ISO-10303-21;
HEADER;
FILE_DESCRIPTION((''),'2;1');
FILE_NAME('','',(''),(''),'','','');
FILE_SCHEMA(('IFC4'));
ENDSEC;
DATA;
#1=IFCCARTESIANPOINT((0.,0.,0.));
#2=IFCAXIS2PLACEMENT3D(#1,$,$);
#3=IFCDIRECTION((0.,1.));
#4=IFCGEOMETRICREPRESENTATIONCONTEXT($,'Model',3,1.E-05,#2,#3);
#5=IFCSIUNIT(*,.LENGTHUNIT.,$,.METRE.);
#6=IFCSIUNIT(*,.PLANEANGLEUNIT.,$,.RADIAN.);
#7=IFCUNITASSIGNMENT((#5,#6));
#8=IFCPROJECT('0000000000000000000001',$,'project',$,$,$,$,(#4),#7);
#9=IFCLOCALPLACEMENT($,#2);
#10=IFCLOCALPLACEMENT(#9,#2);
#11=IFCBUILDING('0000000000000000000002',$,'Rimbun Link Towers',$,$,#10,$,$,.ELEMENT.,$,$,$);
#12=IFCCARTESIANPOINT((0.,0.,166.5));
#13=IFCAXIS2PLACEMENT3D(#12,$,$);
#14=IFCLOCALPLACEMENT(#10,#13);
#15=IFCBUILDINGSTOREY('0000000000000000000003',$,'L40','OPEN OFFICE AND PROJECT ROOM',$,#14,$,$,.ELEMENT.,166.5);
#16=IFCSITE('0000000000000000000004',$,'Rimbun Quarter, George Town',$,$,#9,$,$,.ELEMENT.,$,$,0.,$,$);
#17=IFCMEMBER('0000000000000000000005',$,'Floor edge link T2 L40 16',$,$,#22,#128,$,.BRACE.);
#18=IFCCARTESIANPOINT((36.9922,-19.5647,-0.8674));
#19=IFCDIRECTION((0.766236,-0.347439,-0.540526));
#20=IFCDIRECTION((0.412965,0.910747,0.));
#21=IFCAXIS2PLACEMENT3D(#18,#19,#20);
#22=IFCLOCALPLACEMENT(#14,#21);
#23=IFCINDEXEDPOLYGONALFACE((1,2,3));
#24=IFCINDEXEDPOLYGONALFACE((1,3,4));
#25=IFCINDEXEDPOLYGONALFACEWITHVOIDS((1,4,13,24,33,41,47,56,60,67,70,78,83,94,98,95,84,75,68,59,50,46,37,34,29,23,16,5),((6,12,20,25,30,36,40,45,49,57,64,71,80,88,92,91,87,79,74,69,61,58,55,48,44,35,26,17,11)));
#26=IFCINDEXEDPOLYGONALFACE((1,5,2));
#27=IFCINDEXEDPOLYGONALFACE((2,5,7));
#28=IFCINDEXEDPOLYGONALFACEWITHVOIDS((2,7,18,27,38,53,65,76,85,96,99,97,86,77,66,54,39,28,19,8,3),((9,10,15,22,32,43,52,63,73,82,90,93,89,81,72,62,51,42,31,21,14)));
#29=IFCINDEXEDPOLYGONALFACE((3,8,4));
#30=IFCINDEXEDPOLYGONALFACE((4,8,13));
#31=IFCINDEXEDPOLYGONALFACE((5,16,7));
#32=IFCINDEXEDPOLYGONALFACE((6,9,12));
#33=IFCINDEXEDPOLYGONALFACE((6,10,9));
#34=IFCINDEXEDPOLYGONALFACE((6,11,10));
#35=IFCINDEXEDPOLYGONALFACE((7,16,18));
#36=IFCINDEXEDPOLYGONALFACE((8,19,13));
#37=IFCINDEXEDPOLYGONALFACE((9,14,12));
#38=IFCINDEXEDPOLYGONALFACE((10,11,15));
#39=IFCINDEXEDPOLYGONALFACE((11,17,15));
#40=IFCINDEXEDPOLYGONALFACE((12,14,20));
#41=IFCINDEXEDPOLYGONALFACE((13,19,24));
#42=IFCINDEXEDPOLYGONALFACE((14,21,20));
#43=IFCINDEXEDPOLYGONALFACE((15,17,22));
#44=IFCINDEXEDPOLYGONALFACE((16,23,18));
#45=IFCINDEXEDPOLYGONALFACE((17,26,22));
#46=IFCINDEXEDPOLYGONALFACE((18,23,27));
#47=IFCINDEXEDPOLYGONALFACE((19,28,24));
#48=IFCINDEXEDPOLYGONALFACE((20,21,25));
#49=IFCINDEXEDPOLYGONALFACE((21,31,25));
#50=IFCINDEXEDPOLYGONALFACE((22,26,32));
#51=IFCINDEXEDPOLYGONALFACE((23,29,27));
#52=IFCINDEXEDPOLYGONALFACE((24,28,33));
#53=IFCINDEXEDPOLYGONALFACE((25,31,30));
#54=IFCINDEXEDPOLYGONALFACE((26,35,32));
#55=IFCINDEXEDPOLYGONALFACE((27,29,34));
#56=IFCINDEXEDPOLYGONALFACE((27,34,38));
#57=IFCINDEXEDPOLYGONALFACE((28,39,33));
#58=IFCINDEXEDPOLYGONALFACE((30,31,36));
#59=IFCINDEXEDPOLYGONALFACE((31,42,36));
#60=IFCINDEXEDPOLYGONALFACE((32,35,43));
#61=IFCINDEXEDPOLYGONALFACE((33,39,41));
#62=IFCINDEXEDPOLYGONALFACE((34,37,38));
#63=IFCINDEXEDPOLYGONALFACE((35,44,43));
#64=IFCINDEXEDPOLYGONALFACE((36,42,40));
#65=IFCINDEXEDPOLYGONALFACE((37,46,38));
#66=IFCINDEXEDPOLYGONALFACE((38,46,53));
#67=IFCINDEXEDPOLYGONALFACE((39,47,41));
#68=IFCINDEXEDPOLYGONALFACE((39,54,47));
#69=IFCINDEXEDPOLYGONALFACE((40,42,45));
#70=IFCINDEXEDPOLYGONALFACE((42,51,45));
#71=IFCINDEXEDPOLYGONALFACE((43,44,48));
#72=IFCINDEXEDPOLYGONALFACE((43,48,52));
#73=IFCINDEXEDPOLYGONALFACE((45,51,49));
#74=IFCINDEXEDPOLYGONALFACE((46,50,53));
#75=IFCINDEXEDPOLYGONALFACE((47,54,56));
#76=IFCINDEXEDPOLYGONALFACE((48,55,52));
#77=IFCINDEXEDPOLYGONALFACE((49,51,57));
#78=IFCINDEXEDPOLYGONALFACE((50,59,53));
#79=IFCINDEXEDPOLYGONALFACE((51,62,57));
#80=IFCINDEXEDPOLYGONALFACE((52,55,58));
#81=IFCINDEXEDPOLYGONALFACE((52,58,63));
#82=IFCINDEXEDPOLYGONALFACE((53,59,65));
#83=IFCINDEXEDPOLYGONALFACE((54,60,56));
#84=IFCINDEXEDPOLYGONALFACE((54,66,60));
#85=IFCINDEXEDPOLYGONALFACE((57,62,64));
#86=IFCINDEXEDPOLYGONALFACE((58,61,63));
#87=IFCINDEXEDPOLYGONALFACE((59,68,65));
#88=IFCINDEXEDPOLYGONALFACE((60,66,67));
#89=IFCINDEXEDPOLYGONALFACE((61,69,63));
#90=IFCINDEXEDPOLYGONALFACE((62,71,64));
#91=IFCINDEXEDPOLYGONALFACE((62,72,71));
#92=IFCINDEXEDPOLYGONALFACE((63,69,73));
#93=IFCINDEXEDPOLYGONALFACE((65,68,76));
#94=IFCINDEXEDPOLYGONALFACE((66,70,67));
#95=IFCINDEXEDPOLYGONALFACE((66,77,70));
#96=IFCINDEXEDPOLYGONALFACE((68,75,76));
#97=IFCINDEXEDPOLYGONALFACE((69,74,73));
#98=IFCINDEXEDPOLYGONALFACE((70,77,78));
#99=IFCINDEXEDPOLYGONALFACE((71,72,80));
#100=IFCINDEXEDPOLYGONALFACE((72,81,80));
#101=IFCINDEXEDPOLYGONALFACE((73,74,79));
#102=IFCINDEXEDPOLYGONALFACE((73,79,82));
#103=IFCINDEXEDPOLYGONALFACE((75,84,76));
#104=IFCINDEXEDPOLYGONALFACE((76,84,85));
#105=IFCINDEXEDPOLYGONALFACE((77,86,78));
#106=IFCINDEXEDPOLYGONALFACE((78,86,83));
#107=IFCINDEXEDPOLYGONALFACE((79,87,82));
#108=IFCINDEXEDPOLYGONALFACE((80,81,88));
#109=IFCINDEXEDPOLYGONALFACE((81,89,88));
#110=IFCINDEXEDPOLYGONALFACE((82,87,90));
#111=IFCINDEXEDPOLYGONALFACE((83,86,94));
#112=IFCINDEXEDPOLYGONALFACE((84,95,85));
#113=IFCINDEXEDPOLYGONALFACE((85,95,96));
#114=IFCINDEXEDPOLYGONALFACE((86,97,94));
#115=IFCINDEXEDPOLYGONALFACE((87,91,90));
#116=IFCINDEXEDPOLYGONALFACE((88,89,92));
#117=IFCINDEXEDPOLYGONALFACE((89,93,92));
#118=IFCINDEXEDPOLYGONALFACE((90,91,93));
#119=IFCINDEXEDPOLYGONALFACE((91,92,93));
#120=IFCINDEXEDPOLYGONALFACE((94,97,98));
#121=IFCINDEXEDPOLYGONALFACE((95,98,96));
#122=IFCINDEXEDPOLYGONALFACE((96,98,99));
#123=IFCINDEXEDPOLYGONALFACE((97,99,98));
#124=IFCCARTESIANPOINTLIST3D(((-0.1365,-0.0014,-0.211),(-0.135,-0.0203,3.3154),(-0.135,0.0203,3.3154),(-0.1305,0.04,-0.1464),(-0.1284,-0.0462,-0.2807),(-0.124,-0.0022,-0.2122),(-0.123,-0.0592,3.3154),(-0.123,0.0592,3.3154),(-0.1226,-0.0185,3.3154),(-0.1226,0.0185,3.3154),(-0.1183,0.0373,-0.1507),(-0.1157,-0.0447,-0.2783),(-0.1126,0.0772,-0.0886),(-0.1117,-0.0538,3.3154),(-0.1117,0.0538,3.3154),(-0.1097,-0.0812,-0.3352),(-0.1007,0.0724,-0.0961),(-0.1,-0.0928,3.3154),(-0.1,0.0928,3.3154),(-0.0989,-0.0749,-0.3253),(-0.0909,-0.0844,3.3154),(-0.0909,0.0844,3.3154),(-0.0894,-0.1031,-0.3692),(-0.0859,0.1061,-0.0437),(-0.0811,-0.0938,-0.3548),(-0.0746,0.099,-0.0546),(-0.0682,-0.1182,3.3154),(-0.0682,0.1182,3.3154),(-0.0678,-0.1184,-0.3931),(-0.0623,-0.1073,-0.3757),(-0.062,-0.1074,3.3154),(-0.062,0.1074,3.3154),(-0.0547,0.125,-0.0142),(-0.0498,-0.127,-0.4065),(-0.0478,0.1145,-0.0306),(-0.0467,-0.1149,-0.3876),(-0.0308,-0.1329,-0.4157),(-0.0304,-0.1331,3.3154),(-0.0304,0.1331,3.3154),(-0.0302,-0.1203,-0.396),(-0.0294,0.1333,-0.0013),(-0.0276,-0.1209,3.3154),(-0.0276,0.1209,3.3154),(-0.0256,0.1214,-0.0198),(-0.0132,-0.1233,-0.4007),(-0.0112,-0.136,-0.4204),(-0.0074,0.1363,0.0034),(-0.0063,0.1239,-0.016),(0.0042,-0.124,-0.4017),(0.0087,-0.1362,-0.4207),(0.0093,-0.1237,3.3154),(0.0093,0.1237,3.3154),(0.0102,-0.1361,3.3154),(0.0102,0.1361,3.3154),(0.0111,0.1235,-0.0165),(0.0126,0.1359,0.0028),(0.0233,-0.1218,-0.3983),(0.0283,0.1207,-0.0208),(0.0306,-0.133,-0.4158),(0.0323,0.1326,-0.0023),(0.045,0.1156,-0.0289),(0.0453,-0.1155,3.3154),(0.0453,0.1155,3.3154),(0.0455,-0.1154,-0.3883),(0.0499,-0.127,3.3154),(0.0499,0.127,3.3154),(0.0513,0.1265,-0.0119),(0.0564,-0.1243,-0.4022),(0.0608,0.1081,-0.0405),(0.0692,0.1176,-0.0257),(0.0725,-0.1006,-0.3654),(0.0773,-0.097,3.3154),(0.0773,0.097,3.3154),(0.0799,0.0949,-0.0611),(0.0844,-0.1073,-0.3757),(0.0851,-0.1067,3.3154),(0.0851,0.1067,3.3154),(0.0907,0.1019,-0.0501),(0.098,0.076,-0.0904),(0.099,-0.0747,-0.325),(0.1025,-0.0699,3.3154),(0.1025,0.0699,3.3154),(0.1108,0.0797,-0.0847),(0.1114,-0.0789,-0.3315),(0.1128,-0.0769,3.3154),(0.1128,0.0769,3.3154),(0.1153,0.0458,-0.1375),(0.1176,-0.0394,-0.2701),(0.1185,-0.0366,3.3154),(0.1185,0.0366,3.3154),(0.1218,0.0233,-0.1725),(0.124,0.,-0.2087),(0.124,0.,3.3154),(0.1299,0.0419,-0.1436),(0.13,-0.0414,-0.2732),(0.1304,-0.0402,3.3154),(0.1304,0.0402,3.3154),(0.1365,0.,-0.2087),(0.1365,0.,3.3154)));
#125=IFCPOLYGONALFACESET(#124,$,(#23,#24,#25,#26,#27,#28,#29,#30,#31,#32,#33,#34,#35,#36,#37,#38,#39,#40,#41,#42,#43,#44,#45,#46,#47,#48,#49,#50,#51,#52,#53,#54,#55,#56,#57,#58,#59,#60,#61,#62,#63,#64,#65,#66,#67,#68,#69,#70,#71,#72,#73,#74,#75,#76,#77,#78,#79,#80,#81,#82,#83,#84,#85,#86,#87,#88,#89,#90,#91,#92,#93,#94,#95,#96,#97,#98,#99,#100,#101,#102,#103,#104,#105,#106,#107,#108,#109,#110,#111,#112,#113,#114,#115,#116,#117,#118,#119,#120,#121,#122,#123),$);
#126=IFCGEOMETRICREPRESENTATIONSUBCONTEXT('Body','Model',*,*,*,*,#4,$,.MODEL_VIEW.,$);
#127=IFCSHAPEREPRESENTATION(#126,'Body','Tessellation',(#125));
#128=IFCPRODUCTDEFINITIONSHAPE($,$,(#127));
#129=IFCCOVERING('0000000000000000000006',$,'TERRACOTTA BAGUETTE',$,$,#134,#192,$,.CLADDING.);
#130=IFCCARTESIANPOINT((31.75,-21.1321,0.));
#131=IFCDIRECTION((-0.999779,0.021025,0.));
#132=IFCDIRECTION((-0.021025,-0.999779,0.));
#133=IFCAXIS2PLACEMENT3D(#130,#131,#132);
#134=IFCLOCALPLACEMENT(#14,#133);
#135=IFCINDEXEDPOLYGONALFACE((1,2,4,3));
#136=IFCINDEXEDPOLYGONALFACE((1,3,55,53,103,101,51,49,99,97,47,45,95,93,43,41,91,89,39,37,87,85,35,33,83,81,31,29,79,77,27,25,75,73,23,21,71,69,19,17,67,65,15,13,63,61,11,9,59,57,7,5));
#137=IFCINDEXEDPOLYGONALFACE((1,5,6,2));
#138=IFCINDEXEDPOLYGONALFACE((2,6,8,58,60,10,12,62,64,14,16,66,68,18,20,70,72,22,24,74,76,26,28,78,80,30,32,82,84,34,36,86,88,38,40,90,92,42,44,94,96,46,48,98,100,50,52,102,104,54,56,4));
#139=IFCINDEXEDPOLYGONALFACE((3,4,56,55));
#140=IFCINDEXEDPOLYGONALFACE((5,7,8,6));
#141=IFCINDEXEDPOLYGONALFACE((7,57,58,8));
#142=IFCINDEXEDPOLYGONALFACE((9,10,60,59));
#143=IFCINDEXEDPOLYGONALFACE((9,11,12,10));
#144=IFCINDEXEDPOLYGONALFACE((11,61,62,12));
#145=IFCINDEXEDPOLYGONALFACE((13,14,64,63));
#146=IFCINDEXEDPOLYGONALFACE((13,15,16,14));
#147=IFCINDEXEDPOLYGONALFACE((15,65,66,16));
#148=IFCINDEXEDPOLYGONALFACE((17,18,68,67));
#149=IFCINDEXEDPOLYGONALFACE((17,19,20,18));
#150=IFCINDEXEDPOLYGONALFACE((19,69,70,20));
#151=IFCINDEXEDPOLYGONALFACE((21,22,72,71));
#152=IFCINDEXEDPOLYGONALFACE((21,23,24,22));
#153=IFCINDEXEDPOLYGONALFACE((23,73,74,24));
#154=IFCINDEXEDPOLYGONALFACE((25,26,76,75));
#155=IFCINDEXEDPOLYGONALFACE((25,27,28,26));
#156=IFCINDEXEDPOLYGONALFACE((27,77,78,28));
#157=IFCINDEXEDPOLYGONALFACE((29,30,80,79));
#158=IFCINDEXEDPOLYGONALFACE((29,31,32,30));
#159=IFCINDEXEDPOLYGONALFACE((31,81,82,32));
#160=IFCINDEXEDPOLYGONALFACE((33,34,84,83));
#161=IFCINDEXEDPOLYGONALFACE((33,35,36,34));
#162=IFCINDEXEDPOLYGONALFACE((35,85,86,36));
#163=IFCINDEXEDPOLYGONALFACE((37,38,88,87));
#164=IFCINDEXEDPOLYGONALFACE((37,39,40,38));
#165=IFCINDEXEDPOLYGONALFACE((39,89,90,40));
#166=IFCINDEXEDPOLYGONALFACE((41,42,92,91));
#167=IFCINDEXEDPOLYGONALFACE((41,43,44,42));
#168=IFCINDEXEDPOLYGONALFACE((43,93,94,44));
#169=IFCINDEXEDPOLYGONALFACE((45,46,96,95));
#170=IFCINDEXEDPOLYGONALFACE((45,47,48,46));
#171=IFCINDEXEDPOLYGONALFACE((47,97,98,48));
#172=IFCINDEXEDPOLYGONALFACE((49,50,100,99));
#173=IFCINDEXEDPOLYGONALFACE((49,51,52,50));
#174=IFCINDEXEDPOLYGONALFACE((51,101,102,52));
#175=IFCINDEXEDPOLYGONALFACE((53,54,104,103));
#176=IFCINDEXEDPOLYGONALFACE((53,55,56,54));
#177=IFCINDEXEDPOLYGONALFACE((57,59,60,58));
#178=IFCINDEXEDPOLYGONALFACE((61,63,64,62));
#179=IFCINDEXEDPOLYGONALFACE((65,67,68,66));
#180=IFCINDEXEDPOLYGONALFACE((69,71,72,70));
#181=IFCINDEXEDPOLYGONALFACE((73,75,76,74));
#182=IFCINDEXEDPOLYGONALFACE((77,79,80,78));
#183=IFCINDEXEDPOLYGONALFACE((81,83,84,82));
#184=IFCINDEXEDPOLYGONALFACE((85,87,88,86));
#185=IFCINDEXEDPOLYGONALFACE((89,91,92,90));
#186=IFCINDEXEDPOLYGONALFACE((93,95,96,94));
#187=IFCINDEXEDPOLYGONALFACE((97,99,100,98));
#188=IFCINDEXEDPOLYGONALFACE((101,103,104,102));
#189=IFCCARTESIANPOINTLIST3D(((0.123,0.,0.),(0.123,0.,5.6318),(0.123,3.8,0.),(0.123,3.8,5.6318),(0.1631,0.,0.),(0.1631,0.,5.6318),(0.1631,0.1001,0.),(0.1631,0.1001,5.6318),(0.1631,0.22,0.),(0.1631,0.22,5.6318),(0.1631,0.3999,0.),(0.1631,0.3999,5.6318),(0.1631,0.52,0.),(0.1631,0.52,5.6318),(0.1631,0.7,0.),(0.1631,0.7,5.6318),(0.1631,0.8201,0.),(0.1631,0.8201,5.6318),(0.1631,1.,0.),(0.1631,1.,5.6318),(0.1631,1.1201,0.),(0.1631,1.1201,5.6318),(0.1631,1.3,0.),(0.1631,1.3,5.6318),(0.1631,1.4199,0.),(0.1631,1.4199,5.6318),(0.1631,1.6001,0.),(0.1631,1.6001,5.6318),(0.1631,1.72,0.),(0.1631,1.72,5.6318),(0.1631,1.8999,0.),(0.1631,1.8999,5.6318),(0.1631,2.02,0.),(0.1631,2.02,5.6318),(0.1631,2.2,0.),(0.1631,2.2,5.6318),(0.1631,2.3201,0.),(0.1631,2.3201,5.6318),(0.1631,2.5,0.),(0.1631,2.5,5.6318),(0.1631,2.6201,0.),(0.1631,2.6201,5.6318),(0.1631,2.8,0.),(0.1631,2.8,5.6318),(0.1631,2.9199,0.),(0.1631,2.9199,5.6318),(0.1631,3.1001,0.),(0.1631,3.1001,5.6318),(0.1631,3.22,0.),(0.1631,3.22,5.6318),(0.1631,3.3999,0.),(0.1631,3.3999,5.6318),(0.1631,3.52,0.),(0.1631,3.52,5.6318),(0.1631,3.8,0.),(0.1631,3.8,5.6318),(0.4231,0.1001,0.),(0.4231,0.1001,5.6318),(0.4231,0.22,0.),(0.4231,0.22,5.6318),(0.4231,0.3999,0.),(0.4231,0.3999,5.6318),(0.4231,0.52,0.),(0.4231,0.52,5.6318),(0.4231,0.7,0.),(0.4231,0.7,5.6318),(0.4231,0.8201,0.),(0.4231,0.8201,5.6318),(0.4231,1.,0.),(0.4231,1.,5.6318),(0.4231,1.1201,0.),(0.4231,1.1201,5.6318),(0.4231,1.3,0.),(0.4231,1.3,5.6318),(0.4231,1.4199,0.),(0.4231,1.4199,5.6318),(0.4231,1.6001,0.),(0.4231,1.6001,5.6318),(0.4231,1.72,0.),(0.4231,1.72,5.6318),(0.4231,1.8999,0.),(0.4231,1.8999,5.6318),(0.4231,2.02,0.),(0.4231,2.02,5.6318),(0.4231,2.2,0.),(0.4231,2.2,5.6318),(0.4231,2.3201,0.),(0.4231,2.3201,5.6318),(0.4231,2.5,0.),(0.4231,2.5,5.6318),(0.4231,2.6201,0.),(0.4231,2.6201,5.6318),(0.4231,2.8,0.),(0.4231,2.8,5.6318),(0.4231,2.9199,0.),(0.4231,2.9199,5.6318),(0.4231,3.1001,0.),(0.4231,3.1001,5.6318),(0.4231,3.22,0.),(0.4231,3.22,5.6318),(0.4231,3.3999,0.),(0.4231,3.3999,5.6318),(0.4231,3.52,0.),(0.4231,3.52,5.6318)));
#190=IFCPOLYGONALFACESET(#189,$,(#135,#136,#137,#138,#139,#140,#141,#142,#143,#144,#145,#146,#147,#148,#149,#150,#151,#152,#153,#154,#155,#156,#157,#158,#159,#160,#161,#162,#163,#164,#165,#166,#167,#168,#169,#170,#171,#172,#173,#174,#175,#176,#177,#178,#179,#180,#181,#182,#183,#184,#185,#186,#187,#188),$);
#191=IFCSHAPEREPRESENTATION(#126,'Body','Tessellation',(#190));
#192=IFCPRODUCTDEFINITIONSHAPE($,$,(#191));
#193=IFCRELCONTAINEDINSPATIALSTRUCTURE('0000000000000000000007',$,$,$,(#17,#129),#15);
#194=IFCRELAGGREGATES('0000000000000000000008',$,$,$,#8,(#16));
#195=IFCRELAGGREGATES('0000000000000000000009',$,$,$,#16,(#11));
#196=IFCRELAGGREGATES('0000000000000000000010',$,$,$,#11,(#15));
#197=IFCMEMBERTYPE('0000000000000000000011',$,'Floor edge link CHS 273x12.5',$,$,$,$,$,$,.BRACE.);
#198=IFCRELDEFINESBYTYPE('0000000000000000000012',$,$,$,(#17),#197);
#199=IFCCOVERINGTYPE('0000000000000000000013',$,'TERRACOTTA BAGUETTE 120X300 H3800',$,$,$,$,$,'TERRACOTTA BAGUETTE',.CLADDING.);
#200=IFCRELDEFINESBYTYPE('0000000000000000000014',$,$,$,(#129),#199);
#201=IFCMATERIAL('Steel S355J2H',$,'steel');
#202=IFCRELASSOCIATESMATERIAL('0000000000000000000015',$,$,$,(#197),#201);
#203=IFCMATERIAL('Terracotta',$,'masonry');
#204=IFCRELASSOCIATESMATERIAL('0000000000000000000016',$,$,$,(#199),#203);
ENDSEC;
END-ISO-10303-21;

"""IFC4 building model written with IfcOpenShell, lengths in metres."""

from ifc_helpers import new_model, si_unit, direction, frame, origin, origin_2d, place, context, subcontext, project, spatial, polyline, hollow_circle, outline, extrude, clip, halfspace, material, material_profile, profile_set, type_object, element, save


model = new_model("IFC4")

# Units and contexts
model_context = context("Model", 3, precision=1e-05, world=origin(), true_north=direction((0.0, 1.0)))
body_context = subcontext(model_context, "Body", "Model", "MODEL_VIEW")
ifc_project = project(units=[si_unit("LENGTHUNIT", "METRE"), si_unit("PLANEANGLEUNIT", "RADIAN")], contexts=[model_context])

# Site, building, storey
site_placement = place(None, origin())
site = spatial("IfcSite", under=ifc_project, at=site_placement, Name="Rimbun Quarter, George Town", CompositionType="ELEMENT", RefElevation=0.0)
building_placement = place(site_placement, origin())
building = spatial("IfcBuilding", under=site, at=building_placement, Name="Rimbun Link Towers", CompositionType="ELEMENT")
storey_placement = place(building_placement, frame((0.0, 0.0, 166.5)))
storey = spatial("IfcBuildingStorey", under=building, at=storey_placement, Name="L40", Description="OPEN OFFICE AND PROJECT ROOM", CompositionType="ELEMENT", Elevation=166.5)

# Member
ifc_material_1 = material(Name="Steel S355J2H", Category="steel")
ifc_material_profile_1 = material_profile(ifc_material_1, hollow_circle(Radius=0.1365, WallThickness=0.0125, at=origin_2d()), Name="CHS 273x12.5")
ifc_profile_set_1 = profile_set([ifc_material_profile_1], Name="Steel S355J2H")
member_type_1 = type_object("IfcMemberType", Name="Floor edge link CHS 273x12.5", PredefinedType="BRACE", material=ifc_profile_set_1)
member_1_placement = place(storey_placement, frame((36.9922, -19.5647, -0.8674), z_axis=(0.766236, -0.347439, -0.540526), x_axis=(0.412965, 0.910747, 0.0)))
element("IfcMember", 1, at=member_1_placement, inside=storey, type_object=member_type_1, Name="Floor edge link T2 L40 16", PredefinedType="BRACE", context=body_context, shape_type="Clipping", body=[
    clip(extrude(hollow_circle(Radius=0.1365, WallThickness=0.0125, at=origin_2d()), frame((0.0, 0.0, -0.4434)), (0.0, 0.0, 1.0), 3.7588), halfspace(frame((0.0, 0.0, -0.2087), z_axis=(0.0, 0.841327, -0.540526)), False)),
])

# Covering
ifc_material_2 = material(Name="Terracotta", Category="masonry")
ifc_material_profile_2 = material_profile(ifc_material_2, outline(polyline([(0.123, 0.0), (0.1631, 0.0), (0.1631, 0.1001), (0.4231, 0.1001), (0.4231, 0.22), (0.1631, 0.22), (0.1631, 0.3999), (0.4231, 0.3999), (0.4231, 0.52), (0.1631, 0.52), (0.1631, 0.7), (0.4231, 0.7), (0.4231, 0.8201), (0.1631, 0.8201), (0.1631, 1.0), (0.4231, 1.0), (0.4231, 1.1201), (0.1631, 1.1201), (0.1631, 1.3), (0.4231, 1.3), (0.4231, 1.4199), (0.1631, 1.4199), (0.1631, 1.6001), (0.4231, 1.6001), (0.4231, 1.72), (0.1631, 1.72), (0.1631, 1.8999), (0.4231, 1.8999), (0.4231, 2.02), (0.1631, 2.02), (0.1631, 2.2), (0.4231, 2.2), (0.4231, 2.3201), (0.1631, 2.3201), (0.1631, 2.5), (0.4231, 2.5), (0.4231, 2.6201), (0.1631, 2.6201), (0.1631, 2.8), (0.4231, 2.8), (0.4231, 2.9199), (0.1631, 2.9199), (0.1631, 3.1001), (0.4231, 3.1001), (0.4231, 3.22), (0.1631, 3.22), (0.1631, 3.3999), (0.4231, 3.3999), (0.4231, 3.52), (0.1631, 3.52), (0.1631, 3.8), (0.123, 3.8), (0.123, 0.0)])), Name="BAGUETTE 120X300")
ifc_profile_set_2 = profile_set([ifc_material_profile_2], Name="Terracotta")
covering_type = type_object("IfcCoveringType", Name="TERRACOTTA BAGUETTE 120X300 H3800", ElementType="TERRACOTTA BAGUETTE", PredefinedType="CLADDING", material=ifc_profile_set_2)
covering_1_placement = place(storey_placement, frame((31.75, -21.1321, 0.0), z_axis=(-0.999779, 0.021025, 0.0), x_axis=(-0.021025, -0.999779, 0.0)))
element("IfcCovering", 2, at=covering_1_placement, inside=storey, type_object=covering_type, Name="TERRACOTTA BAGUETTE", PredefinedType="CLADDING", context=body_context, shape_type="SweptSolid", body=[
    extrude(outline(polyline([(0.123, 0.0), (0.1631, 0.0), (0.1631, 0.1001), (0.4231, 0.1001), (0.4231, 0.22), (0.1631, 0.22), (0.1631, 0.3999), (0.4231, 0.3999), (0.4231, 0.52), (0.1631, 0.52), (0.1631, 0.7), (0.4231, 0.7), (0.4231, 0.8201), (0.1631, 0.8201), (0.1631, 1.0), (0.4231, 1.0), (0.4231, 1.1201), (0.1631, 1.1201), (0.1631, 1.3), (0.4231, 1.3), (0.4231, 1.4199), (0.1631, 1.4199), (0.1631, 1.6001), (0.4231, 1.6001), (0.4231, 1.72), (0.1631, 1.72), (0.1631, 1.8999), (0.4231, 1.8999), (0.4231, 2.02), (0.1631, 2.02), (0.1631, 2.2), (0.4231, 2.2), (0.4231, 2.3201), (0.1631, 2.3201), (0.1631, 2.5), (0.4231, 2.5), (0.4231, 2.6201), (0.1631, 2.6201), (0.1631, 2.8), (0.4231, 2.8), (0.4231, 2.9199), (0.1631, 2.9199), (0.1631, 3.1001), (0.4231, 3.1001), (0.4231, 3.22), (0.1631, 3.22), (0.1631, 3.3999), (0.4231, 3.3999), (0.4231, 3.52), (0.1631, 3.52), (0.1631, 3.8), (0.123, 3.8), (0.123, 0.0)])), origin(), (0.0, 0.0, 1.0), 5.6318),
])

save(model, "model.ifc")
